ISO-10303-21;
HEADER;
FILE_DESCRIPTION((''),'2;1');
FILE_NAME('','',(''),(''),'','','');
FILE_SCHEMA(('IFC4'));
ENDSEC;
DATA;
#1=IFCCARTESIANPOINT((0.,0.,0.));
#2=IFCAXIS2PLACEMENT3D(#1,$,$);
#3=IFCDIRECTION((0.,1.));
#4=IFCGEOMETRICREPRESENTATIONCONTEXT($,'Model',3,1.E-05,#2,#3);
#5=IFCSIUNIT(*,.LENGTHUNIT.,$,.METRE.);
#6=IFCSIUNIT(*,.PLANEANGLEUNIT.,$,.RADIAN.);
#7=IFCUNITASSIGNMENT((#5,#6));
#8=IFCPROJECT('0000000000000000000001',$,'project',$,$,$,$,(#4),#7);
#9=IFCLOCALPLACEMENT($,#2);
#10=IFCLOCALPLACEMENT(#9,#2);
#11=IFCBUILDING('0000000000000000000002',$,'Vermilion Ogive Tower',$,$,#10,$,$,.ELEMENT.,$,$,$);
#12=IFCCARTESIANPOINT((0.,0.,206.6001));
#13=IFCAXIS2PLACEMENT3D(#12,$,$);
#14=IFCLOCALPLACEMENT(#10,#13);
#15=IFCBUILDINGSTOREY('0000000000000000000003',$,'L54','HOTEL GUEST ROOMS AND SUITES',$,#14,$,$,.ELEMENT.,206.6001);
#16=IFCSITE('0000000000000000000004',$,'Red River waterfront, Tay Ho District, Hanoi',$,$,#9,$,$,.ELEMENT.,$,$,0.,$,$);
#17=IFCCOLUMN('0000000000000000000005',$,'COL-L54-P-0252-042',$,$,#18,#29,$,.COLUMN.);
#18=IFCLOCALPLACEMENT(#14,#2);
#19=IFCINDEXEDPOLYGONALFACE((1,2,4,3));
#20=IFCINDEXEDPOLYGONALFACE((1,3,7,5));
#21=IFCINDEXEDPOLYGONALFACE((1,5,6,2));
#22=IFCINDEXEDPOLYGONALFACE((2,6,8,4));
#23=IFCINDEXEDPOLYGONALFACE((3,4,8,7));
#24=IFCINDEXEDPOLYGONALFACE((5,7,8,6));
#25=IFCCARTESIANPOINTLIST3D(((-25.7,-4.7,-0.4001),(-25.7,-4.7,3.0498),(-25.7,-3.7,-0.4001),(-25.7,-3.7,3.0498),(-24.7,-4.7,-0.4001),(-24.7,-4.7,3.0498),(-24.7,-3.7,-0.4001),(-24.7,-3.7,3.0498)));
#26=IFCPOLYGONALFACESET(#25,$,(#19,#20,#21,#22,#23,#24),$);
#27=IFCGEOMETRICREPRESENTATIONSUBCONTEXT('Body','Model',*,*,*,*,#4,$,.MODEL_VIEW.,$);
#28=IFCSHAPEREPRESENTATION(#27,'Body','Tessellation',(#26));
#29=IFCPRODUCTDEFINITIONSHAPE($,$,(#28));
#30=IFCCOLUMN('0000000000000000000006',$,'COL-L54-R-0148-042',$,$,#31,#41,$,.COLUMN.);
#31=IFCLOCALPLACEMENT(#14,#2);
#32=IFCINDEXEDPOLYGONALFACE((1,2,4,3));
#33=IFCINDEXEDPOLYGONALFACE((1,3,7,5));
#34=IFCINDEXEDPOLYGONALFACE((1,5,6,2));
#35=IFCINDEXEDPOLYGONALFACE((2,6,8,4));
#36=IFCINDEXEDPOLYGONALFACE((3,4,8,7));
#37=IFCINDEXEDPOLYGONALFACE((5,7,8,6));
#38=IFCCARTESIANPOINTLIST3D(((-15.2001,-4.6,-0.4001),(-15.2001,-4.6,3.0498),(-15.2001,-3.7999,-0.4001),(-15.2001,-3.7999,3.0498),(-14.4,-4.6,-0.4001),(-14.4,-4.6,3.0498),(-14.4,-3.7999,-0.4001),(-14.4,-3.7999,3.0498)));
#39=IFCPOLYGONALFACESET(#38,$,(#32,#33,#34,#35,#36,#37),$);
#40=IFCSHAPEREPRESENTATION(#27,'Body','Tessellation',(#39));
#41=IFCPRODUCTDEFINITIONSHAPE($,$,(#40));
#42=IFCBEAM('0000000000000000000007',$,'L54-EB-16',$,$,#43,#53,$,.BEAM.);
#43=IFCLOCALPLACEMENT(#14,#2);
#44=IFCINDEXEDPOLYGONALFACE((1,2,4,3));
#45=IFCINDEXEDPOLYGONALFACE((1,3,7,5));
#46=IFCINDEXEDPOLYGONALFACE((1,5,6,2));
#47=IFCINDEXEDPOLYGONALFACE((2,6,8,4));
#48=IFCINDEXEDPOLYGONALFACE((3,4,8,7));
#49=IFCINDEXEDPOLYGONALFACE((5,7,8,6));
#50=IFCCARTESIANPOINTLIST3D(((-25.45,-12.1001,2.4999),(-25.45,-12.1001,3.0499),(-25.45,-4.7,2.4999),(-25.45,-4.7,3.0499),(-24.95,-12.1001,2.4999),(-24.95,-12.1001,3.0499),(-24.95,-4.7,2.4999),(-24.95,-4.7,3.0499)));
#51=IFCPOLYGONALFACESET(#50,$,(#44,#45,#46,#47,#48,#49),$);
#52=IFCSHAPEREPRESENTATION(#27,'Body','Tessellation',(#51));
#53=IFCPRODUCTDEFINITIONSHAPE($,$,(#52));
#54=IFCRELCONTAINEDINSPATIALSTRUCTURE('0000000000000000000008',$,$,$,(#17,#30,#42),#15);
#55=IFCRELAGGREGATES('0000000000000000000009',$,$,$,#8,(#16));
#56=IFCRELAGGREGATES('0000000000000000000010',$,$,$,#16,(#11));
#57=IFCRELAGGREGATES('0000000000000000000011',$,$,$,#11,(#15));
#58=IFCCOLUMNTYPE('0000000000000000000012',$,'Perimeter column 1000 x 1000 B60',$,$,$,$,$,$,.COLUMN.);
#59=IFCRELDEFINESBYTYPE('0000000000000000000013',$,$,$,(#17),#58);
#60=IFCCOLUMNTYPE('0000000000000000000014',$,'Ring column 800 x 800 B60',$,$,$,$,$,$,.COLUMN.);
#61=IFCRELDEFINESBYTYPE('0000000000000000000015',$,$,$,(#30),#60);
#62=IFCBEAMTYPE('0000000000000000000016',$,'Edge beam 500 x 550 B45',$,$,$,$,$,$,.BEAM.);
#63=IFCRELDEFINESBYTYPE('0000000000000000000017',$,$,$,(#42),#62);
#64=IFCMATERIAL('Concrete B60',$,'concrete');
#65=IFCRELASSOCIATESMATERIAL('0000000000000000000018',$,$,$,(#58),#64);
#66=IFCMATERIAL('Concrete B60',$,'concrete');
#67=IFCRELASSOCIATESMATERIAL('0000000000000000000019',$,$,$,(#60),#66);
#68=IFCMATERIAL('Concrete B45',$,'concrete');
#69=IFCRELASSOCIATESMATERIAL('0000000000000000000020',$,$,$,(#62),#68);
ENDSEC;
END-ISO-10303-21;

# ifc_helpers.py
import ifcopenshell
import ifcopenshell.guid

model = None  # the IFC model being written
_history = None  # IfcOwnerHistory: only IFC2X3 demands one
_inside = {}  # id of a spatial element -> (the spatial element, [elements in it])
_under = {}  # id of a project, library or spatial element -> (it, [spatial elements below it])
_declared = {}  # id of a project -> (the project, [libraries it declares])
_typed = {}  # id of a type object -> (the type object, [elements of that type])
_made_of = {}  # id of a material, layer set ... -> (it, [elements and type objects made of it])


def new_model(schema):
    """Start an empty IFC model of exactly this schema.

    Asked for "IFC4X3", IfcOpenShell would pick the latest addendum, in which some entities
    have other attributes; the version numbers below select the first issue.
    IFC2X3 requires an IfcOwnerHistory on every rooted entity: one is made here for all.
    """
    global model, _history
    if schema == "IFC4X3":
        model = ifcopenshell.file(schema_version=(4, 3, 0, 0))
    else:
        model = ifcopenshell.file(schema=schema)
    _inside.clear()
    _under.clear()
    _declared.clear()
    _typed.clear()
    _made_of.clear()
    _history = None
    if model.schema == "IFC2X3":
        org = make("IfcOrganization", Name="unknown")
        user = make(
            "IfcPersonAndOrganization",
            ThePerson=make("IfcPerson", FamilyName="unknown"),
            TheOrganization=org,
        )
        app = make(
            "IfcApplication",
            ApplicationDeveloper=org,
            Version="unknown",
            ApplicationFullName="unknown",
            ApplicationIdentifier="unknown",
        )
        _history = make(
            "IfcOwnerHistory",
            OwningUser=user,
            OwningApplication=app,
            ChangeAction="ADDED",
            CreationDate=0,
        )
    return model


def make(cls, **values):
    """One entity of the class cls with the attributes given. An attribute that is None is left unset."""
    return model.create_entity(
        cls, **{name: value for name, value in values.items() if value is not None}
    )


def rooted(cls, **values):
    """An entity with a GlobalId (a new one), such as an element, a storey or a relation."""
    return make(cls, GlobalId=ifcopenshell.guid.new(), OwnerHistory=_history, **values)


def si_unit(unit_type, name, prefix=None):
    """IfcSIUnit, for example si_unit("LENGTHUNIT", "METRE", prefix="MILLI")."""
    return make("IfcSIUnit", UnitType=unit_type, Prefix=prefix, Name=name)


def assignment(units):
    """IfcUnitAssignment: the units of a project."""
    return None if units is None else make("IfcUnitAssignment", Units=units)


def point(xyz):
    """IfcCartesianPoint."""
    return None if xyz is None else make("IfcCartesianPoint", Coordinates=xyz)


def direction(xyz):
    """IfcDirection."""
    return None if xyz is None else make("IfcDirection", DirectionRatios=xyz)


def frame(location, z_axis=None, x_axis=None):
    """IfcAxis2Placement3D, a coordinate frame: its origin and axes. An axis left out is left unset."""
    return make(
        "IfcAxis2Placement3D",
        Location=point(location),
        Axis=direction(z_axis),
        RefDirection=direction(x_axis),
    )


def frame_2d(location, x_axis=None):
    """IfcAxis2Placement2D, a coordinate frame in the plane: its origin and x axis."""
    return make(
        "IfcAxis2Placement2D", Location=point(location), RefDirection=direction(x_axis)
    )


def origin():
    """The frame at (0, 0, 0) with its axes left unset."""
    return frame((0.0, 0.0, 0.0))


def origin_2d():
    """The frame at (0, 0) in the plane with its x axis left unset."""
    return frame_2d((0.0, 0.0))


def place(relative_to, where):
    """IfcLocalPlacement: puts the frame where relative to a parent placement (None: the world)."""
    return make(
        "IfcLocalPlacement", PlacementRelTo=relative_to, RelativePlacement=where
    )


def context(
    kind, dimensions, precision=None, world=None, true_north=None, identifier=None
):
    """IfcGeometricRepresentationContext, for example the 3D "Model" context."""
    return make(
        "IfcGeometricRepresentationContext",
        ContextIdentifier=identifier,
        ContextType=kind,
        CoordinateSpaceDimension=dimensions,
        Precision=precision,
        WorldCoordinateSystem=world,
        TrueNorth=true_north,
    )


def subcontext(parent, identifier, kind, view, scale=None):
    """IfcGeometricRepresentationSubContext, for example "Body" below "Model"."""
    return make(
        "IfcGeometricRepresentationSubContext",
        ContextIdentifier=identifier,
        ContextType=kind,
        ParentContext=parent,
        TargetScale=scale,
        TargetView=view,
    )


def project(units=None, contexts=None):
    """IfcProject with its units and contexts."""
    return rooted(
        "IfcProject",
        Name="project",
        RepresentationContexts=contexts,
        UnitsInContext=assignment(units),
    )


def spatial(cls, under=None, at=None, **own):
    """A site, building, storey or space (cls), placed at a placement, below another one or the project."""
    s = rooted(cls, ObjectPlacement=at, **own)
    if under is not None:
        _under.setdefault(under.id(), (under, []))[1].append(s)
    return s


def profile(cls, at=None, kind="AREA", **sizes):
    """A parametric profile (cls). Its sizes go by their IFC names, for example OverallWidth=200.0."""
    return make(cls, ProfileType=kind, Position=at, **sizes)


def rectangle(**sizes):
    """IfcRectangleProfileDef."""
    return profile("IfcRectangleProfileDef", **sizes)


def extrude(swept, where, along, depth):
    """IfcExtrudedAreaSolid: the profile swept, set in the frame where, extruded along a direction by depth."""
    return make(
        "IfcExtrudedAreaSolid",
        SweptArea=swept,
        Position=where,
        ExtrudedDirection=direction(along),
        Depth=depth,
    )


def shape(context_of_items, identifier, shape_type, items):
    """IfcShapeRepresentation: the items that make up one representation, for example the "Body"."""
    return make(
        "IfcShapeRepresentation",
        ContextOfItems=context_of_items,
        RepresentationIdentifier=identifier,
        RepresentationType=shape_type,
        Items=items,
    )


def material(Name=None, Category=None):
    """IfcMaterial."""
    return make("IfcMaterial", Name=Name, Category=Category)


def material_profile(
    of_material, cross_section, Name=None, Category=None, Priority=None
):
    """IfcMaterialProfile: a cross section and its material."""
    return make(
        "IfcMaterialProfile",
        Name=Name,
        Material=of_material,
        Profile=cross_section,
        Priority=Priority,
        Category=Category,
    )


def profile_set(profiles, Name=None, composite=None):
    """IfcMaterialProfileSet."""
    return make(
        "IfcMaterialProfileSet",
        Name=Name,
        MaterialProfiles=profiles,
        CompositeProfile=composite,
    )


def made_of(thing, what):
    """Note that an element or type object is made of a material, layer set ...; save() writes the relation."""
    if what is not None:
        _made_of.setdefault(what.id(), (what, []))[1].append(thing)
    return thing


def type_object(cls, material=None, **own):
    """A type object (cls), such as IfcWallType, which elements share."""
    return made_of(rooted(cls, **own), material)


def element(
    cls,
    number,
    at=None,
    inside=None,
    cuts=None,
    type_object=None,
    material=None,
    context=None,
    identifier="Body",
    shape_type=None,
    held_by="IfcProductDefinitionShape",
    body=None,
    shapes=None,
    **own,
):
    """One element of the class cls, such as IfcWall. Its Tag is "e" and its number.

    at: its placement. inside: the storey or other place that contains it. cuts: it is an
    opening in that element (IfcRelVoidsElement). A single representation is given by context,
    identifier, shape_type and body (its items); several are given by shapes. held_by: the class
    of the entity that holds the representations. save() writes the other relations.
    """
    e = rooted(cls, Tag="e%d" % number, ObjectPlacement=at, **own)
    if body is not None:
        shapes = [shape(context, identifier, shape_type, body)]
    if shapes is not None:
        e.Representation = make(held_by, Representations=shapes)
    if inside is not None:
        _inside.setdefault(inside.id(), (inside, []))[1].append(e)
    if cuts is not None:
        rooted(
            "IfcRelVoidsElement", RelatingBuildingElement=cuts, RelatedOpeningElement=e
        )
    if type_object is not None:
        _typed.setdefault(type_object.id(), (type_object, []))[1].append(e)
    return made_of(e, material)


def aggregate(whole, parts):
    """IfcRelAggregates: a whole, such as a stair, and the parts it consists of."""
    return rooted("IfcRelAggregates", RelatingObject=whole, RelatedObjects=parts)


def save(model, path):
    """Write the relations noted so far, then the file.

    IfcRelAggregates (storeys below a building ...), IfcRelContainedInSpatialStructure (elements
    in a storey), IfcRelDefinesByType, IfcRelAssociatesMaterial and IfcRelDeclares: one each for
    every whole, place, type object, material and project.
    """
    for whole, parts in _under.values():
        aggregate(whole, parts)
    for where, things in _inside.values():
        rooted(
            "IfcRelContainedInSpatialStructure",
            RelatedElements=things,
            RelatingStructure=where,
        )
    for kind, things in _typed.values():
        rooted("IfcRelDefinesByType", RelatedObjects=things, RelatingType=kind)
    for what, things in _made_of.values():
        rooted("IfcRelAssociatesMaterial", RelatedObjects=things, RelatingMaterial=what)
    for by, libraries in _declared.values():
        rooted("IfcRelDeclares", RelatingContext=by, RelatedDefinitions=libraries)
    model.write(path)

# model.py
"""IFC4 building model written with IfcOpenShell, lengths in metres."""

from ifc_helpers import new_model, si_unit, direction, frame, origin, origin_2d, place, context, subcontext, project, spatial, rectangle, extrude, material, material_profile, profile_set, type_object, element, save


model = new_model("IFC4")

# Units and contexts
model_context = context("Model", 3, precision=1e-05, world=origin(), true_north=direction((0.0, 1.0)))
body_context = subcontext(model_context, "Body", "Model", "MODEL_VIEW")
ifc_project = project(units=[si_unit("LENGTHUNIT", "METRE"), si_unit("PLANEANGLEUNIT", "RADIAN")], contexts=[model_context])

# Site, building, storey
site_placement = place(None, origin())
site = spatial("IfcSite", under=ifc_project, at=site_placement, Name="Red River waterfront, Tay Ho District, Hanoi", CompositionType="ELEMENT", RefElevation=0.0)
building_placement = place(site_placement, origin())
building = spatial("IfcBuilding", under=site, at=building_placement, Name="Vermilion Ogive Tower", CompositionType="ELEMENT")
storey_placement = place(building_placement, frame((0.0, 0.0, 206.6001)))
storey = spatial("IfcBuildingStorey", under=building, at=storey_placement, Name="L54", Description="HOTEL GUEST ROOMS AND SUITES", CompositionType="ELEMENT", Elevation=206.6001)

# Columns
ifc_material_1 = material(Name="Concrete B60", Category="concrete")
ifc_material_profile_1 = material_profile(ifc_material_1, rectangle(XDim=1.0, YDim=1.0, at=origin_2d()), Name="1000 x 1000")
ifc_profile_set_1 = profile_set([ifc_material_profile_1], Name="Concrete B60")
column_type_1 = type_object("IfcColumnType", Name="Perimeter column 1000 x 1000 B60", PredefinedType="COLUMN", material=ifc_profile_set_1)
column_1_placement = place(storey_placement, frame((-25.2, -4.2, -0.4001), z_axis=(0.0, 0.0, 1.0), x_axis=(1.0, 0.0, 0.0)))
element("IfcColumn", 1, at=column_1_placement, inside=storey, type_object=column_type_1, Name="COL-L54-P-0252-042", PredefinedType="COLUMN", context=body_context, shape_type="SweptSolid", body=[
    extrude(rectangle(XDim=1.0, YDim=1.0, at=origin_2d()), origin(), (0.0, 0.0, 1.0), 3.45),
])
ifc_material_2 = material(Name="Concrete B60", Category="concrete")
ifc_material_profile_2 = material_profile(ifc_material_2, rectangle(XDim=0.8, YDim=0.8, at=origin_2d()), Name="800 x 800")
ifc_profile_set_2 = profile_set([ifc_material_profile_2], Name="Concrete B60")
column_type_2 = type_object("IfcColumnType", Name="Ring column 800 x 800 B60", PredefinedType="COLUMN", material=ifc_profile_set_2)
column_2_placement = place(storey_placement, frame((-14.8, -4.2, -0.4001), z_axis=(0.0, 0.0, 1.0), x_axis=(1.0, 0.0, 0.0)))
element("IfcColumn", 2, at=column_2_placement, inside=storey, type_object=column_type_2, Name="COL-L54-R-0148-042", PredefinedType="COLUMN", context=body_context, shape_type="SweptSolid", body=[
    extrude(rectangle(XDim=0.8, YDim=0.8, at=origin_2d()), origin(), (0.0, 0.0, 1.0), 3.45),
])

# Beam
ifc_material_3 = material(Name="Concrete B45", Category="concrete")
ifc_material_profile_3 = material_profile(ifc_material_3, rectangle(XDim=0.5, YDim=0.55, at=origin_2d()), Name="500 x 550")
ifc_profile_set_3 = profile_set([ifc_material_profile_3], Name="Concrete B45")
beam_type = type_object("IfcBeamType", Name="Edge beam 500 x 550 B45", PredefinedType="BEAM", material=ifc_profile_set_3)
beam_placement = place(storey_placement, frame((-25.2, -4.7, 2.7749), z_axis=(0.0, -1.0, 0.0), x_axis=(1.0, 0.0, 0.0)))
element("IfcBeam", 3, at=beam_placement, inside=storey, type_object=beam_type, Name="L54-EB-16", PredefinedType="BEAM", context=body_context, shape_type="SweptSolid", body=[
    extrude(rectangle(XDim=0.5, YDim=0.55, at=origin_2d()), origin(), (0.0, 0.0, 1.0), 7.4001),
])

save(model, "model.ifc")
